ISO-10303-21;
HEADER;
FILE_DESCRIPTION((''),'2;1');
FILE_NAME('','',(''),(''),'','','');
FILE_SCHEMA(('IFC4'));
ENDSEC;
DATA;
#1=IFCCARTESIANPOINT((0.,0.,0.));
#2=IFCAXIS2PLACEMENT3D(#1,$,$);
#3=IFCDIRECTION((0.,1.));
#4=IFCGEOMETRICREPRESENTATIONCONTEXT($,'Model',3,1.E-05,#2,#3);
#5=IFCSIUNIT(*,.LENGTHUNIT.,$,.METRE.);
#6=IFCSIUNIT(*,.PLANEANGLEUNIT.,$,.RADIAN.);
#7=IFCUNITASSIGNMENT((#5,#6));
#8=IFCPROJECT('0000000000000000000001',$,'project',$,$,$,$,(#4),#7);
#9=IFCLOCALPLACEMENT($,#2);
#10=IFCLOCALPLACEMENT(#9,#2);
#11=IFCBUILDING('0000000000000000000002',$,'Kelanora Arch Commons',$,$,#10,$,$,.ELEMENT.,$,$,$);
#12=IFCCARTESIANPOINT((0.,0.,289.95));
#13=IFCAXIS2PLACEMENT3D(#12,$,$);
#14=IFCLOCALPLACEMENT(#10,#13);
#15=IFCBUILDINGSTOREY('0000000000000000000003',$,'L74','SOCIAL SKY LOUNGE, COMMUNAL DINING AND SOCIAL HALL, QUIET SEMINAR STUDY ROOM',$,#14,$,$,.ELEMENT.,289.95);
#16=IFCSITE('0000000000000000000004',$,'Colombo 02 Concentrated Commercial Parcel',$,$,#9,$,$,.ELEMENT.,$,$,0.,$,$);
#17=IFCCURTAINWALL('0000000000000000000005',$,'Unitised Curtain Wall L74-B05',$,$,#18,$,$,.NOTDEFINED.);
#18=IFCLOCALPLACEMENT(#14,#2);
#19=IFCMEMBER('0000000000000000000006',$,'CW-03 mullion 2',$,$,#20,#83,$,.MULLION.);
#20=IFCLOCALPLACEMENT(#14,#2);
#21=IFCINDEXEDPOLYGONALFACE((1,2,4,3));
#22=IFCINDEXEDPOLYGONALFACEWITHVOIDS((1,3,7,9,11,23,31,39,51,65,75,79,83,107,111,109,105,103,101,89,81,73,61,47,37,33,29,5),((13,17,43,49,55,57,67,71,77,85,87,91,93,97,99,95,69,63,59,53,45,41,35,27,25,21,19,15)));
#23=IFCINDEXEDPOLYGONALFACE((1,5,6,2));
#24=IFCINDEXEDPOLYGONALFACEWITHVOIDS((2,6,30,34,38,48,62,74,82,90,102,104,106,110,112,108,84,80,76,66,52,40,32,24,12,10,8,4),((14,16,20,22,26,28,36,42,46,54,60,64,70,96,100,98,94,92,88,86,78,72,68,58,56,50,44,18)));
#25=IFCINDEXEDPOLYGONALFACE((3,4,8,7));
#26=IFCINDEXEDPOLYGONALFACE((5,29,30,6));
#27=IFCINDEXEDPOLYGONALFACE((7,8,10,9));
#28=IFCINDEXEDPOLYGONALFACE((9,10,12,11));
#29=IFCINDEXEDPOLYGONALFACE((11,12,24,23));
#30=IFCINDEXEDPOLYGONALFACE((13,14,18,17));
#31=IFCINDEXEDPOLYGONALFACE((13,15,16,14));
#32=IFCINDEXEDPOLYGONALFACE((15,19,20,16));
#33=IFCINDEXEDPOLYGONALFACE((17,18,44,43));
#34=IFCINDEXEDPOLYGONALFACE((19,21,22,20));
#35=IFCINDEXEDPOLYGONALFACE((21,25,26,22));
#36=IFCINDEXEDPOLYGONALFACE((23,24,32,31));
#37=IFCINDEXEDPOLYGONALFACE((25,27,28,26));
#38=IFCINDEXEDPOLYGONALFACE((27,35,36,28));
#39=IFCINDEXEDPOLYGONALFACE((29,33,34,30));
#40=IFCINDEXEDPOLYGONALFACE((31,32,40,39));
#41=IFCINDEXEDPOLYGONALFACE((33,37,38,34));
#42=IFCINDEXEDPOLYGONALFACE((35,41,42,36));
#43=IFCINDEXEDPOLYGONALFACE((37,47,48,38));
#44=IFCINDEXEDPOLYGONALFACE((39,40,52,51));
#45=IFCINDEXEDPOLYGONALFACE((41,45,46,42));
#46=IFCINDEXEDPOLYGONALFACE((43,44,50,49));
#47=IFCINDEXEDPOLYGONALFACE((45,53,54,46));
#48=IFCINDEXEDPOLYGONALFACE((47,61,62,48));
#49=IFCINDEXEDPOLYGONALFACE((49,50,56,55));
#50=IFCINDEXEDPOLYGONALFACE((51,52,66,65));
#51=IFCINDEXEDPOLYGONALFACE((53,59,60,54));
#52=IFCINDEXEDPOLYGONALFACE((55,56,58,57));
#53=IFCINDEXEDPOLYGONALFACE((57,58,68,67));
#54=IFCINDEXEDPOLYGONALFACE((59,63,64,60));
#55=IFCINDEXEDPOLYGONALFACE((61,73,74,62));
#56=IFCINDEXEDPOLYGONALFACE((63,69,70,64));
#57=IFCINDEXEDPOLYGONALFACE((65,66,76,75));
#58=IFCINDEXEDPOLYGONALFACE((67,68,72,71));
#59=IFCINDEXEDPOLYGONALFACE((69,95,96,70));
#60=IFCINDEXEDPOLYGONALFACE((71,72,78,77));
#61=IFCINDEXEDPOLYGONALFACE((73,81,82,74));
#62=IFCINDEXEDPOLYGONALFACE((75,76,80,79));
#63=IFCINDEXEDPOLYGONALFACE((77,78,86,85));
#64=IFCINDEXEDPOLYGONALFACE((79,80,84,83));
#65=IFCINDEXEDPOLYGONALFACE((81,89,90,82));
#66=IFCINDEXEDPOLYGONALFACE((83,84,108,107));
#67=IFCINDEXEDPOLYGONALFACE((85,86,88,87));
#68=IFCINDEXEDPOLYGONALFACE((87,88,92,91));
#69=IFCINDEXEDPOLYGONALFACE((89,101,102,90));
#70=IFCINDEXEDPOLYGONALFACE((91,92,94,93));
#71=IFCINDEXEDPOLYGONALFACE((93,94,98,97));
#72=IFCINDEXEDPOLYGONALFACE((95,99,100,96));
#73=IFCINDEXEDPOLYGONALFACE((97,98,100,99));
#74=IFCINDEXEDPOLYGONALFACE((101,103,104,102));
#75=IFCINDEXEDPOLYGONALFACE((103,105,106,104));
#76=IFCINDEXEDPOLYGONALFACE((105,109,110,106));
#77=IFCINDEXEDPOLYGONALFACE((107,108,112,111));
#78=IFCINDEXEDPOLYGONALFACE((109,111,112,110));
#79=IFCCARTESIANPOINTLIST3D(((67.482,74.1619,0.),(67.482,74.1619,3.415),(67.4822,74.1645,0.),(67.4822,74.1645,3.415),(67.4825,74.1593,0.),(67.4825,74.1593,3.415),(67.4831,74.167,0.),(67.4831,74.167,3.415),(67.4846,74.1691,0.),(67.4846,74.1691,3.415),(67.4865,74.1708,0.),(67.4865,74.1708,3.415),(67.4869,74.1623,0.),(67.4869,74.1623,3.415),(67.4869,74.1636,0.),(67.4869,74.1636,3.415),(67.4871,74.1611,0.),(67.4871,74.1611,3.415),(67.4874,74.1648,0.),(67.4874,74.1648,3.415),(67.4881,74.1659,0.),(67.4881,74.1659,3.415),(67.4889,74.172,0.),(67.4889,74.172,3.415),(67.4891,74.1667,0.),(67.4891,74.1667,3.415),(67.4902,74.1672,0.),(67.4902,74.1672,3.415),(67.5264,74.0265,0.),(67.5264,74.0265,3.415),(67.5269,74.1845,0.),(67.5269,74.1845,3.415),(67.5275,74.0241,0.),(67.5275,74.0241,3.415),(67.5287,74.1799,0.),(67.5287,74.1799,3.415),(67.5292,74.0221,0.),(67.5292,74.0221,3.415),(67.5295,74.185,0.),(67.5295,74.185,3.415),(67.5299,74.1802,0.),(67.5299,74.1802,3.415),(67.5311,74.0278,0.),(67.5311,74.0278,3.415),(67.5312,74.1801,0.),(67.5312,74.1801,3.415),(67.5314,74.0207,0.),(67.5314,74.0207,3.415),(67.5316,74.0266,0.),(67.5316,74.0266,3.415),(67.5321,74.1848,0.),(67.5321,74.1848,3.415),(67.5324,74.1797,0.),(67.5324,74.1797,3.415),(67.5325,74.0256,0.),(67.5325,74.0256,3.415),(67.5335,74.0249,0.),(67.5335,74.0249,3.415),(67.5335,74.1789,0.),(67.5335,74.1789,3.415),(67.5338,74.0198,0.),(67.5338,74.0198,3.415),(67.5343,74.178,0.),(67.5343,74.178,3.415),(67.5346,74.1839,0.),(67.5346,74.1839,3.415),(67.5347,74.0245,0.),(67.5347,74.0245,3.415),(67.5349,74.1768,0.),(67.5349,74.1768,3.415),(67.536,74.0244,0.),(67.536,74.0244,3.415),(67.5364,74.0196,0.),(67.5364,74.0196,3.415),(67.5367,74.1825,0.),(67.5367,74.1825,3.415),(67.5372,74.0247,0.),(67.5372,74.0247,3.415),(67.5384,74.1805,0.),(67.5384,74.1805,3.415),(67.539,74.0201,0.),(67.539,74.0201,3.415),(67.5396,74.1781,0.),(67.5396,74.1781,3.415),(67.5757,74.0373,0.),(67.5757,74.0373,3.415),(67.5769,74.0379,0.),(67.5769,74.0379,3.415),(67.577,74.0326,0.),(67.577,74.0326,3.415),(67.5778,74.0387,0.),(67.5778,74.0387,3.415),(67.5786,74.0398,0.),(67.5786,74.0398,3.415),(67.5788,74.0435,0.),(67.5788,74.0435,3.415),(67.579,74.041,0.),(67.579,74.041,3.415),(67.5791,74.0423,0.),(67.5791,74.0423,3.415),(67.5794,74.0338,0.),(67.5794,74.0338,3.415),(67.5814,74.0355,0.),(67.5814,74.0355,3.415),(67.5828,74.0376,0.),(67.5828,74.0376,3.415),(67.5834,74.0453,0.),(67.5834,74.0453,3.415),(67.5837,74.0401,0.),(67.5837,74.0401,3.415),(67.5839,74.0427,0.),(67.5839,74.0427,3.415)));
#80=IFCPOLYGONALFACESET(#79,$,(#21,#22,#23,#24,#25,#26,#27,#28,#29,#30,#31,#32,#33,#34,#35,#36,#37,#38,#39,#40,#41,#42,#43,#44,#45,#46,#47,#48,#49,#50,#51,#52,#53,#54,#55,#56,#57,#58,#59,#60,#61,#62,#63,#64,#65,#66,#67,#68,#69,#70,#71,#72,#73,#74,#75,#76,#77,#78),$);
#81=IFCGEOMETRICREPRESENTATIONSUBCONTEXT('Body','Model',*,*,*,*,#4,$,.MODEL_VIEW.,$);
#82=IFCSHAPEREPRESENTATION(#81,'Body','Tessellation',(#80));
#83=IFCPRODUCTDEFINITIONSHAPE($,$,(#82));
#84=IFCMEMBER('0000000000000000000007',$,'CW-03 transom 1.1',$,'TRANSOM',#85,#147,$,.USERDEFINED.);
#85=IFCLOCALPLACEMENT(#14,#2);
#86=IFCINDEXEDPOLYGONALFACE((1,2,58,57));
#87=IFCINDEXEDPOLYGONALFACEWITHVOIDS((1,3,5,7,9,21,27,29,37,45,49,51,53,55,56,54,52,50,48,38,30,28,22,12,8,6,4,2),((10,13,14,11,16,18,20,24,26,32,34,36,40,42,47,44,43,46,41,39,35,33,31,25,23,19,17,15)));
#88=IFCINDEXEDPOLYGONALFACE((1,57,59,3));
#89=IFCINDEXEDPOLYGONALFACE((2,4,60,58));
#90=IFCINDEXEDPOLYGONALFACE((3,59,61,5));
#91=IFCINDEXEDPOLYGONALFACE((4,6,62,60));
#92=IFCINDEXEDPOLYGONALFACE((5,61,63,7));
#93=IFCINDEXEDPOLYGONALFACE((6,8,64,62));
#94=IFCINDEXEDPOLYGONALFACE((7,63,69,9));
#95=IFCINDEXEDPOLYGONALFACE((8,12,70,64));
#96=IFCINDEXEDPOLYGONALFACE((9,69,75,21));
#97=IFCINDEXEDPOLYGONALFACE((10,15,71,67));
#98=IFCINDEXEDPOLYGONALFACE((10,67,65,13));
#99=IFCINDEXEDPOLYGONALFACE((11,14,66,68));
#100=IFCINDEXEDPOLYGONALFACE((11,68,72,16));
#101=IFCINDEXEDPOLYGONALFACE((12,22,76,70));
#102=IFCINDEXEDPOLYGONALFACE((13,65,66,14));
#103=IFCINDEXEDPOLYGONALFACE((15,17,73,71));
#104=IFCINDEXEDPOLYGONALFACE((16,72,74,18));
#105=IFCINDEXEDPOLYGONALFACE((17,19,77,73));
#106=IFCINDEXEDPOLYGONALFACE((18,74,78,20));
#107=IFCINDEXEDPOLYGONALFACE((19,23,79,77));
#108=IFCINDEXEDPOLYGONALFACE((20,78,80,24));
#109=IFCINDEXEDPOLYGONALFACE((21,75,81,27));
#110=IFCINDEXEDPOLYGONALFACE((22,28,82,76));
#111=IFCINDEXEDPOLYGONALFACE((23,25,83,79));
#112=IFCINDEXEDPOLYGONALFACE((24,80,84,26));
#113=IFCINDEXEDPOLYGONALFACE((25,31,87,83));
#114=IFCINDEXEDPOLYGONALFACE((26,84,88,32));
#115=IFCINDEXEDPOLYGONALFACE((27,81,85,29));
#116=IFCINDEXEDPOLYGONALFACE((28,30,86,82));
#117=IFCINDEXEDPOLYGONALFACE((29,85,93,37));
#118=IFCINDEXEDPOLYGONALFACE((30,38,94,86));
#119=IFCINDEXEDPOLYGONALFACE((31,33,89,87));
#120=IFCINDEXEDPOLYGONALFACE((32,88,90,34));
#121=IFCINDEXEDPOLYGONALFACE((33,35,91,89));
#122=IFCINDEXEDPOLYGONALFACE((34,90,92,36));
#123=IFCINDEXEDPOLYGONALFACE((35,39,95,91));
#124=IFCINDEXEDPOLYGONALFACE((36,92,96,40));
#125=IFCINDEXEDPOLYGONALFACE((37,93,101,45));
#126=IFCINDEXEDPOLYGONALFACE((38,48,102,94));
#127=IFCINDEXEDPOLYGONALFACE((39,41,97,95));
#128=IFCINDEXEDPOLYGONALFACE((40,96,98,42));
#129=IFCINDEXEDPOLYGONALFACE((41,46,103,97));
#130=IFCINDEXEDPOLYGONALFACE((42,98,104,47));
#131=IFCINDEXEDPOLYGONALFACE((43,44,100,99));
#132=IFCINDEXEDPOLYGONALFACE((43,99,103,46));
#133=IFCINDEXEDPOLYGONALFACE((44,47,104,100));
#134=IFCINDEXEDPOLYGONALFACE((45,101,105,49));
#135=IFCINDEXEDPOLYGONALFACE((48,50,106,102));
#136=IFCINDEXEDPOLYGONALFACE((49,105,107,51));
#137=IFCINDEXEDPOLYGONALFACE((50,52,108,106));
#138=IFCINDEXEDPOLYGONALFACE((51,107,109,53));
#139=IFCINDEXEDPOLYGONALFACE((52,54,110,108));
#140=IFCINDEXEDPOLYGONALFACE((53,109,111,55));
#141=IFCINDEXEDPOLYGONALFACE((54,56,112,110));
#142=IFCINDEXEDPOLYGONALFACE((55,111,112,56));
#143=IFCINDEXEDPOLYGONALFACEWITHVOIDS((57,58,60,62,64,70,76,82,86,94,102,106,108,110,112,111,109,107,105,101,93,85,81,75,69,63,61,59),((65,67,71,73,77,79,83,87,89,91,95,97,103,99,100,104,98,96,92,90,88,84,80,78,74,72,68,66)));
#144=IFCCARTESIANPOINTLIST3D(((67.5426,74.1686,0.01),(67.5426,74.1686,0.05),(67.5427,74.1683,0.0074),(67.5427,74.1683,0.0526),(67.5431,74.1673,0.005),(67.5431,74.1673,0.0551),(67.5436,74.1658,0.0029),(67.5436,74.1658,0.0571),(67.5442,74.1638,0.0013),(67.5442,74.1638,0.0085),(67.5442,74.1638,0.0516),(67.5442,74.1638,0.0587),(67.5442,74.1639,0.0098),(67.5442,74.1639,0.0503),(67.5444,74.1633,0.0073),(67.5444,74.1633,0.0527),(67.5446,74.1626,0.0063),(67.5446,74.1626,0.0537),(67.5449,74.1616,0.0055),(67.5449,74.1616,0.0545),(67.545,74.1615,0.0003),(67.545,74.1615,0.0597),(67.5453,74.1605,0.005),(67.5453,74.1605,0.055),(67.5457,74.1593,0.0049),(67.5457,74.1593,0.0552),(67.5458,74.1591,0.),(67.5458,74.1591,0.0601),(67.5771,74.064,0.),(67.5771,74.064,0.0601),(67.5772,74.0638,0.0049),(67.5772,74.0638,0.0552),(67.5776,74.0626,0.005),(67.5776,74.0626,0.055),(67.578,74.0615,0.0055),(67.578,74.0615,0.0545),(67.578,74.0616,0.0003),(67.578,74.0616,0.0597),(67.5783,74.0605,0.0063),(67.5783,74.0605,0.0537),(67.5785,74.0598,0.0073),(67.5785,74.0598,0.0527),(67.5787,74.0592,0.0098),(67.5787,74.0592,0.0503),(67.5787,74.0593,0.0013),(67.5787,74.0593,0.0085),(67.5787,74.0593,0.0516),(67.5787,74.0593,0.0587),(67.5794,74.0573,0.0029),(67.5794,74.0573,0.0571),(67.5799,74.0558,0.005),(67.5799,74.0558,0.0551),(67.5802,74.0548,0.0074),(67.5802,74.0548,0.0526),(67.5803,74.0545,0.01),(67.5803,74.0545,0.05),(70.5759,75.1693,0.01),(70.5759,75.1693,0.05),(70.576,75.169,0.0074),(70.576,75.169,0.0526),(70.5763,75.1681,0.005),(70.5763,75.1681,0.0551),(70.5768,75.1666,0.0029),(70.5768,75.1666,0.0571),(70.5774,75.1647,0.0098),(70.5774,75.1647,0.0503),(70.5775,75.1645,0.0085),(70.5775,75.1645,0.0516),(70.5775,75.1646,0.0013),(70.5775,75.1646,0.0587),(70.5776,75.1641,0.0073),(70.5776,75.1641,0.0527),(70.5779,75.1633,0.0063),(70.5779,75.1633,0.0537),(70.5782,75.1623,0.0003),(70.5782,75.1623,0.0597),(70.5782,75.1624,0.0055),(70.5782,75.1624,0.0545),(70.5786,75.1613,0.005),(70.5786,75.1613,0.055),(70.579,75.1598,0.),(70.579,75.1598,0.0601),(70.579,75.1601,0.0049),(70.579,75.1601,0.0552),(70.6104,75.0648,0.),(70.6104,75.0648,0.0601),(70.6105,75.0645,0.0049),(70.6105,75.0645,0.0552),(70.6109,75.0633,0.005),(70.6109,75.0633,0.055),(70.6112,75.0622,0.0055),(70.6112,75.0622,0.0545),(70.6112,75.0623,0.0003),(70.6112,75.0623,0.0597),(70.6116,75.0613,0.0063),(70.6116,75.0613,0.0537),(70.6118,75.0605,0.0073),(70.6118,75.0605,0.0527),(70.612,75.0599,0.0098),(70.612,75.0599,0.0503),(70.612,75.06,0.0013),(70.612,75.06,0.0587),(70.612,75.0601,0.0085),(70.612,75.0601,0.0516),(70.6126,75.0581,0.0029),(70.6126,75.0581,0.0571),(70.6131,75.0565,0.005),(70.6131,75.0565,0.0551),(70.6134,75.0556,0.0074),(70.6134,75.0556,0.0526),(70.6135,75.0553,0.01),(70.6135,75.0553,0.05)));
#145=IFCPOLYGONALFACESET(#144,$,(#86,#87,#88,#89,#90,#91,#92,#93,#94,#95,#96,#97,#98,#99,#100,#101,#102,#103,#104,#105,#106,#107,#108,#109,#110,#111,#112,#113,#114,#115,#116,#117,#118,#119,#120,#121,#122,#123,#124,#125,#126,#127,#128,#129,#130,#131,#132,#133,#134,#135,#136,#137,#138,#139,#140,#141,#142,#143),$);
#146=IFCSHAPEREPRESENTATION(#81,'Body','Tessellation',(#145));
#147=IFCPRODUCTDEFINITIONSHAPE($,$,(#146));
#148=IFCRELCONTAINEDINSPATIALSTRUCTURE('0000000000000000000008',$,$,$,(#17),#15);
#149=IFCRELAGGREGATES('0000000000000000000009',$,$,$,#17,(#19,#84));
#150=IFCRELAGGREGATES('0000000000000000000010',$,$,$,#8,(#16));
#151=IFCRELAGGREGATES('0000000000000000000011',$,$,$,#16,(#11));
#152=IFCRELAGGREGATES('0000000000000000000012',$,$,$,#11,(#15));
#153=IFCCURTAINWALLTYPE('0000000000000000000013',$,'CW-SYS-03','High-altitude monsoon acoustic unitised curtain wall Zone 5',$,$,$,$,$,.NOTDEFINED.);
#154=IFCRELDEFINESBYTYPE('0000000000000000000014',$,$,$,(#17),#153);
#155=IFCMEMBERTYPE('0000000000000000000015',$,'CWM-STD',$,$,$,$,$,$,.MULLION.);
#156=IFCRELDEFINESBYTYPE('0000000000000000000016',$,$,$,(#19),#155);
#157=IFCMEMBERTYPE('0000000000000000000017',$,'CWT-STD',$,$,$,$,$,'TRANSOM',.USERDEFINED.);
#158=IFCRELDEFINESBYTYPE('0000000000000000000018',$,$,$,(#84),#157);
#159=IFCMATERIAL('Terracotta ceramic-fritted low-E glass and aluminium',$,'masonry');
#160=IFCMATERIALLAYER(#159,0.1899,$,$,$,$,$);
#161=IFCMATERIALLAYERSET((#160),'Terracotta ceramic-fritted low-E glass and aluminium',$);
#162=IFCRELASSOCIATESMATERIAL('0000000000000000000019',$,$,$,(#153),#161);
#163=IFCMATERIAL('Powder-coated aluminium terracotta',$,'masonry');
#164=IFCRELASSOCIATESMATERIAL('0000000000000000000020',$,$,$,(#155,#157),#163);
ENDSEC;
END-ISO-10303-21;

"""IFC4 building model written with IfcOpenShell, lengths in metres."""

from ifc_helpers import new_model, si_unit, direction, frame, origin, origin_2d, place, context, subcontext, project, spatial, hollow_rectangle, extrude, material, layer, layer_set, material_profile, profile_set, type_object, element, aggregate, save


model = new_model("IFC4")

# Units and contexts
model_context = context("Model", 3, precision=1e-05, world=origin(), true_north=direction((0.0, 1.0)))
body_context = subcontext(model_context, "Body", "Model", "MODEL_VIEW")
ifc_project = project(units=[si_unit("LENGTHUNIT", "METRE"), si_unit("PLANEANGLEUNIT", "RADIAN")], contexts=[model_context])

# Site, building, storey
site_placement = place(None, origin())
site = spatial("IfcSite", under=ifc_project, at=site_placement, Name="Colombo 02 Concentrated Commercial Parcel", CompositionType="ELEMENT", RefElevation=0.0)
building_placement = place(site_placement, origin())
building = spatial("IfcBuilding", under=site, at=building_placement, Name="Kelanora Arch Commons", CompositionType="ELEMENT")
storey_placement = place(building_placement, frame((0.0, 0.0, 289.95)))
storey = spatial("IfcBuildingStorey", under=building, at=storey_placement, Name="L74", Description="SOCIAL SKY LOUNGE, COMMUNAL DINING AND SOCIAL HALL, QUIET SEMINAR STUDY ROOM", CompositionType="ELEMENT", Elevation=289.95)

# Curtain wall, members
ifc_material_1 = material(Name="Terracotta ceramic-fritted low-E glass and aluminium", Category="masonry")
ifc_layer_1 = layer(ifc_material_1, 0.1899)
ifc_layer_set_1 = layer_set([ifc_layer_1], Name="Terracotta ceramic-fritted low-E glass and aluminium")
curtain_wall_type = type_object("IfcCurtainWallType", Name="CW-SYS-03", Description="High-altitude monsoon acoustic unitised curtain wall Zone 5", PredefinedType="NOTDEFINED", material=ifc_layer_set_1)
curtain_wall_placement = place(storey_placement, origin())
curtain_wall = element("IfcCurtainWall", 1, at=curtain_wall_placement, inside=storey, type_object=curtain_wall_type, Name="Unitised Curtain Wall L74-B05", PredefinedType="NOTDEFINED")
ifc_material_2 = material(Name="Powder-coated aluminium terracotta", Category="masonry")
ifc_material_profile_1 = material_profile(ifc_material_2, hollow_rectangle(XDim=0.1599, YDim=0.0601, WallThickness=0.0049, InnerFilletRadius=0.0049, OuterFilletRadius=0.01, at=origin_2d()), Name="CWM160x60")
ifc_profile_set_1 = profile_set([ifc_material_profile_1], Name="Powder-coated aluminium terracotta")
member_type_1 = type_object("IfcMemberType", Name="CWM-STD", PredefinedType="MULLION", material=ifc_profile_set_1)
member_1_placement = place(storey_placement, frame((67.533, 74.1023, 0.0), z_axis=(0.0, 0.0, 1.0), x_axis=(0.313253, -0.94967, 0.0)))
member_1 = element("IfcMember", 2, at=member_1_placement, type_object=member_type_1, Name="CW-03 mullion 2", PredefinedType="MULLION", context=body_context, shape_type="SweptSolid", body=[
    extrude(hollow_rectangle(XDim=0.1599, YDim=0.0601, WallThickness=0.0049, InnerFilletRadius=0.0049, OuterFilletRadius=0.01, at=origin_2d()), origin(), (0.0, 0.0, 1.0), 3.415),
])
ifc_material_profile_2 = material_profile(ifc_material_2, hollow_rectangle(XDim=0.1201, YDim=0.0601, WallThickness=0.0049, InnerFilletRadius=0.0049, OuterFilletRadius=0.01, at=origin_2d()), Name="CWT120x60")
ifc_profile_set_2 = profile_set([ifc_material_profile_2], Name="Powder-coated aluminium terracotta")
member_type_2 = type_object("IfcMemberType", Name="CWT-STD", ElementType="TRANSOM", PredefinedType="USERDEFINED", material=ifc_profile_set_2)
member_2_placement = place(storey_placement, frame((70.5947, 75.1123, 0.03), z_axis=(-0.94965, -0.313314, 0.0), x_axis=(0.313314, -0.94965, 0.0)))
member_2 = element("IfcMember", 3, at=member_2_placement, type_object=member_type_2, Name="CW-03 transom 1.1", ObjectType="TRANSOM", PredefinedType="USERDEFINED", context=body_context, shape_type="SweptSolid", body=[
    extrude(hollow_rectangle(XDim=0.1201, YDim=0.0601, WallThickness=0.0049, InnerFilletRadius=0.0049, OuterFilletRadius=0.01, at=origin_2d()), origin(), (0.0, 0.0, 1.0), 3.1941),
])
aggregate(curtain_wall, [member_1, member_2])

save(model, "model.ifc")
